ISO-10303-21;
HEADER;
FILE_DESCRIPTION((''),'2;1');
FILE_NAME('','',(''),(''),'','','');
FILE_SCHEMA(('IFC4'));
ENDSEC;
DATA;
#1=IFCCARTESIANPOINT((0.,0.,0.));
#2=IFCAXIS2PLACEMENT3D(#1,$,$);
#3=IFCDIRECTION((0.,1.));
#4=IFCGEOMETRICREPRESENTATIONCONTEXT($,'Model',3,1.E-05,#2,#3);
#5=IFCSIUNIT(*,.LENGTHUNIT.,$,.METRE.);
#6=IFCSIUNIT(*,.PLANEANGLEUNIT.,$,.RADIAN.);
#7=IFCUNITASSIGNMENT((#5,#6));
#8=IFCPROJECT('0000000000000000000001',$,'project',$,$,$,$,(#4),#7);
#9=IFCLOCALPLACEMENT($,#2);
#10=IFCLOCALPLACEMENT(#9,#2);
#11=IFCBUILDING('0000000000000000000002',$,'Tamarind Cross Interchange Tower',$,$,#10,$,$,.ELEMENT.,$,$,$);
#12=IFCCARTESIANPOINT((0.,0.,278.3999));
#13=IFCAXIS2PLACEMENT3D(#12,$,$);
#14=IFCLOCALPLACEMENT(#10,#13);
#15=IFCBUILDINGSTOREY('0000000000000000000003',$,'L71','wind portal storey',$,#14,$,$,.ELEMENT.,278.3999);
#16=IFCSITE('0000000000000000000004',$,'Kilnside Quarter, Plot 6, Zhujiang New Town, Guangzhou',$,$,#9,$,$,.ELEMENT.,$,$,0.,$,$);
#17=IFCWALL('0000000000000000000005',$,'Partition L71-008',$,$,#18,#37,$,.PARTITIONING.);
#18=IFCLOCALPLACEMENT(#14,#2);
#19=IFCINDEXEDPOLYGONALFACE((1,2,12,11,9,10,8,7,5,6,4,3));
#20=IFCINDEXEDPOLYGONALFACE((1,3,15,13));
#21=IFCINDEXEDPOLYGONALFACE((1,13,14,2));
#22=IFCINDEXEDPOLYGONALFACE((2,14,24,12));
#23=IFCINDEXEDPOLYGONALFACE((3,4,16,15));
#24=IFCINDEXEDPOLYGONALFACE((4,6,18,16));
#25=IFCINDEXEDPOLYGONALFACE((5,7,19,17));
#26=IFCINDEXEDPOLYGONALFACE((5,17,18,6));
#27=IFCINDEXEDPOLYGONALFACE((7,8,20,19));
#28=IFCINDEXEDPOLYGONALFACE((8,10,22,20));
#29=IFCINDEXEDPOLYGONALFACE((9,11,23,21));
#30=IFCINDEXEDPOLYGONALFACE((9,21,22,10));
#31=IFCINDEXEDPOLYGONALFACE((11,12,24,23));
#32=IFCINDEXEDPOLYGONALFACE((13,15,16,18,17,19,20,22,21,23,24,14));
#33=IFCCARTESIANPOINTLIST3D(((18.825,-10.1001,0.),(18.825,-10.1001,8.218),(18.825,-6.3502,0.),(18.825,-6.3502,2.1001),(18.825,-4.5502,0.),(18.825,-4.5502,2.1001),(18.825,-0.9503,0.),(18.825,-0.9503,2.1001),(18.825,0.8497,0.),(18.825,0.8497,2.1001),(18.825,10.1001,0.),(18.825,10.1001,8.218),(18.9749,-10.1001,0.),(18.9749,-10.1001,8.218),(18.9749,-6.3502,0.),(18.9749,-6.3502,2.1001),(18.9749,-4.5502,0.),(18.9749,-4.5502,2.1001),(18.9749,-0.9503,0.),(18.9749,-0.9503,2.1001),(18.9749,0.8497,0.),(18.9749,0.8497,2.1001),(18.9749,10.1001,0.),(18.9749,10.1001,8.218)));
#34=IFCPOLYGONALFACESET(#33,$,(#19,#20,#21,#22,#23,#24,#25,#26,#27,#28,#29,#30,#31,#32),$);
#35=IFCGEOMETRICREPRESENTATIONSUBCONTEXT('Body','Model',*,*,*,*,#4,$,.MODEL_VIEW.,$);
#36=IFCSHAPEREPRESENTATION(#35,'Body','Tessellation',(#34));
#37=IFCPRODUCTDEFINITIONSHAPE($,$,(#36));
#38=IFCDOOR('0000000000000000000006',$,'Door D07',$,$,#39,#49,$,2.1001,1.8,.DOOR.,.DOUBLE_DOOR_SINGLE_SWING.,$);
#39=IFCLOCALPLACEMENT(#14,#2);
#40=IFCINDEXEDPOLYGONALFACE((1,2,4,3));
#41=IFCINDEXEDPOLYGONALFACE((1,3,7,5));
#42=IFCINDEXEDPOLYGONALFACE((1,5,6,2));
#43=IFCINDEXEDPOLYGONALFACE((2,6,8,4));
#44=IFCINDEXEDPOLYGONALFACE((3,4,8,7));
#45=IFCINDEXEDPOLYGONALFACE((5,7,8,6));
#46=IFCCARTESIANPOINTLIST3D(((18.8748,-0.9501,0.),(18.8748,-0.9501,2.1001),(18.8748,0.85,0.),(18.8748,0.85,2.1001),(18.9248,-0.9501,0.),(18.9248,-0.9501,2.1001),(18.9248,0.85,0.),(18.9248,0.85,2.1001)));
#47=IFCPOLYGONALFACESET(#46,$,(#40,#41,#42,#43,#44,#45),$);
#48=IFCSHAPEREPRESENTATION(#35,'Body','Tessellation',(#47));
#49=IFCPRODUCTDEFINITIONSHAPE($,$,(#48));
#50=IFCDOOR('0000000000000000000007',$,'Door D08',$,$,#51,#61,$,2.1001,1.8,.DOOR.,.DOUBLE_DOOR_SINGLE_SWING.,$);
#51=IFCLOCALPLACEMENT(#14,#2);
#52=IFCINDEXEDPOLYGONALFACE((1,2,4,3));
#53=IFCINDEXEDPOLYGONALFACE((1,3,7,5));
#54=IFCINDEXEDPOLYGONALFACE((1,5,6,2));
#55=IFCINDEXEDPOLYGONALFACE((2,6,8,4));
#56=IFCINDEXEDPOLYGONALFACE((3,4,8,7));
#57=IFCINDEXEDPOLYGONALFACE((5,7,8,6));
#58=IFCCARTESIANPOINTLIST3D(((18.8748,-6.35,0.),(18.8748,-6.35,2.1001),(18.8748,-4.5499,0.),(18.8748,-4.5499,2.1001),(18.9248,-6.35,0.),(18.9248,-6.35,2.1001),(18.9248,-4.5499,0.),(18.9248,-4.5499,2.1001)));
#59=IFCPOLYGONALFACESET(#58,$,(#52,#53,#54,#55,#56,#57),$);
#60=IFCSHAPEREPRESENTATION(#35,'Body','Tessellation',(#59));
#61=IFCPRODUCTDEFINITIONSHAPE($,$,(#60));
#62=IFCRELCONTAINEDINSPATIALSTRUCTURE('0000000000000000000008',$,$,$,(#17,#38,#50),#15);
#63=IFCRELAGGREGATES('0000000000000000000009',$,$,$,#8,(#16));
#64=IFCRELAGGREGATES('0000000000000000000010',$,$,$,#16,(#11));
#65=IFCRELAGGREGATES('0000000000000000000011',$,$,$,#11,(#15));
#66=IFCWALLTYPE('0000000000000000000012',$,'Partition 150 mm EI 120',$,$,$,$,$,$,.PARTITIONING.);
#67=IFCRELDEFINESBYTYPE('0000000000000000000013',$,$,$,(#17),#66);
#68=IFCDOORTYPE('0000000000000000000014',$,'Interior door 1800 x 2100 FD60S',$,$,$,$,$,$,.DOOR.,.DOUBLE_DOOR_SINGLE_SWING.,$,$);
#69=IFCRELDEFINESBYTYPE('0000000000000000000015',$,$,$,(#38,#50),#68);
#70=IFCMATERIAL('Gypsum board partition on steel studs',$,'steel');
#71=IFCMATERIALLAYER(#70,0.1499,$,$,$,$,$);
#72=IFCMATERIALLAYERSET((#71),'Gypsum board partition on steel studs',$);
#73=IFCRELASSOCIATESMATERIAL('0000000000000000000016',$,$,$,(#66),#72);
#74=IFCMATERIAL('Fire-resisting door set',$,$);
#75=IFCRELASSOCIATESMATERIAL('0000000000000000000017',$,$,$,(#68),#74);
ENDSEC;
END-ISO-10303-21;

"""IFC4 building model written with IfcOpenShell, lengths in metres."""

from ifc_helpers import new_model, si_unit, direction, frame, frame_2d, origin, place, context, subcontext, project, spatial, rectangle, extrude, material, layer, layer_set, type_object, element, fill, save


model = new_model("IFC4")

# Units and contexts
model_context = context("Model", 3, precision=1e-05, world=origin(), true_north=direction((0.0, 1.0)))
body_context = subcontext(model_context, "Body", "Model", "MODEL_VIEW")
ifc_project = project(units=[si_unit("LENGTHUNIT", "METRE"), si_unit("PLANEANGLEUNIT", "RADIAN")], contexts=[model_context])

# Site, building, storey
site_placement = place(None, origin())
site = spatial("IfcSite", under=ifc_project, at=site_placement, Name="Kilnside Quarter, Plot 6, Zhujiang New Town, Guangzhou", CompositionType="ELEMENT", RefElevation=0.0)
building_placement = place(site_placement, origin())
building = spatial("IfcBuilding", under=site, at=building_placement, Name="Tamarind Cross Interchange Tower", CompositionType="ELEMENT")
storey_placement = place(building_placement, frame((0.0, 0.0, 278.3999)))
storey = spatial("IfcBuildingStorey", under=building, at=storey_placement, Name="L71", Description="wind portal storey", CompositionType="ELEMENT", Elevation=278.3999)

# Shared definitions
ifc_material_1 = material(Name="Gypsum board partition on steel studs", Category="steel")
ifc_layer_1 = layer(ifc_material_1, 0.1499)
ifc_layer_set_1 = layer_set([ifc_layer_1], Name="Gypsum board partition on steel studs")
wall_type_1 = type_object("IfcWallType", Name="Partition 150 mm EI 120", PredefinedType="PARTITIONING", material=ifc_layer_set_1)

# Wall, openings, doors
wall_1_placement = place(storey_placement, frame((18.8999, -10.1001, 0.0), z_axis=(0.0, 0.0, 1.0), x_axis=(0.0, 1.0, 0.0)))
wall_1 = element("IfcWall", 1, at=wall_1_placement, inside=storey, type_object=wall_type_1, Name="Partition L71-008", PredefinedType="PARTITIONING", context=body_context, shape_type="SweptSolid", body=[
    extrude(rectangle(XDim=20.2002, YDim=0.1499, at=frame_2d((10.1001, 0.0))), origin(), (0.0, 0.0, 1.0), 8.218),
])
opening_1_placement = place(wall_1_placement, frame((9.1499, 0.0, 0.0)))
opening_1 = element("IfcOpeningElement", 2, at=opening_1_placement, cuts=wall_1, PredefinedType="OPENING", context=body_context, shape_type="SweptSolid", body=[
    extrude(rectangle(XDim=1.8, YDim=2.1001, at=frame_2d((0.8999, 1.05))), frame((0.0, 0.085, 0.0), z_axis=(0.0, -1.0, 0.0), x_axis=(1.0, 0.0, 0.0)), (0.0, 0.0, 1.0), 0.1699),
])
opening_2_placement = place(wall_1_placement, frame((3.75, 0.0, 0.0)))
opening_2 = element("IfcOpeningElement", 3, at=opening_2_placement, cuts=wall_1, PredefinedType="OPENING", context=body_context, shape_type="SweptSolid", body=[
    extrude(rectangle(XDim=1.8, YDim=2.1001, at=frame_2d((0.8999, 1.05))), frame((0.0, 0.085, 0.0), z_axis=(0.0, -1.0, 0.0), x_axis=(1.0, 0.0, 0.0)), (0.0, 0.0, 1.0), 0.1699),
])
ifc_material_2 = material(Name="Fire-resisting door set")
door_type_1 = type_object("IfcDoorType", Name="Interior door 1800 x 2100 FD60S", OperationType="DOUBLE_DOOR_SINGLE_SWING", PredefinedType="DOOR", material=ifc_material_2)
door_1_placement = place(opening_1_placement, frame((1.8, 0.0, 0.0), z_axis=(0.0, 0.0, 1.0), x_axis=(-1.0, 0.0, 0.0)))
door_1 = element("IfcDoor", 4, at=door_1_placement, inside=storey, type_object=door_type_1, Name="Door D07", OperationType="DOUBLE_DOOR_SINGLE_SWING", OverallHeight=2.1001, OverallWidth=1.8, PredefinedType="DOOR", context=body_context, shape_type="SweptSolid", body=[
    extrude(rectangle(XDim=1.8, YDim=2.1001, at=frame_2d((0.8999, 1.05))), frame((0.0, 0.0249, 0.0), z_axis=(0.0, -1.0, 0.0), x_axis=(1.0, 0.0, 0.0)), (0.0, 0.0, 1.0), 0.05),
])
fill(opening_1, door_1)
door_2_placement = place(opening_2_placement, frame((1.8, 0.0, 0.0), z_axis=(0.0, 0.0, 1.0), x_axis=(-1.0, 0.0, 0.0)))
door_2 = element("IfcDoor", 5, at=door_2_placement, inside=storey, type_object=door_type_1, Name="Door D08", OperationType="DOUBLE_DOOR_SINGLE_SWING", OverallHeight=2.1001, OverallWidth=1.8, PredefinedType="DOOR", context=body_context, shape_type="SweptSolid", body=[
    extrude(rectangle(XDim=1.8, YDim=2.1001, at=frame_2d((0.8999, 1.05))), frame((0.0, 0.0249, 0.0), z_axis=(0.0, -1.0, 0.0), x_axis=(1.0, 0.0, 0.0)), (0.0, 0.0, 1.0), 0.05),
])
fill(opening_2, door_2)

save(model, "model.ifc")
